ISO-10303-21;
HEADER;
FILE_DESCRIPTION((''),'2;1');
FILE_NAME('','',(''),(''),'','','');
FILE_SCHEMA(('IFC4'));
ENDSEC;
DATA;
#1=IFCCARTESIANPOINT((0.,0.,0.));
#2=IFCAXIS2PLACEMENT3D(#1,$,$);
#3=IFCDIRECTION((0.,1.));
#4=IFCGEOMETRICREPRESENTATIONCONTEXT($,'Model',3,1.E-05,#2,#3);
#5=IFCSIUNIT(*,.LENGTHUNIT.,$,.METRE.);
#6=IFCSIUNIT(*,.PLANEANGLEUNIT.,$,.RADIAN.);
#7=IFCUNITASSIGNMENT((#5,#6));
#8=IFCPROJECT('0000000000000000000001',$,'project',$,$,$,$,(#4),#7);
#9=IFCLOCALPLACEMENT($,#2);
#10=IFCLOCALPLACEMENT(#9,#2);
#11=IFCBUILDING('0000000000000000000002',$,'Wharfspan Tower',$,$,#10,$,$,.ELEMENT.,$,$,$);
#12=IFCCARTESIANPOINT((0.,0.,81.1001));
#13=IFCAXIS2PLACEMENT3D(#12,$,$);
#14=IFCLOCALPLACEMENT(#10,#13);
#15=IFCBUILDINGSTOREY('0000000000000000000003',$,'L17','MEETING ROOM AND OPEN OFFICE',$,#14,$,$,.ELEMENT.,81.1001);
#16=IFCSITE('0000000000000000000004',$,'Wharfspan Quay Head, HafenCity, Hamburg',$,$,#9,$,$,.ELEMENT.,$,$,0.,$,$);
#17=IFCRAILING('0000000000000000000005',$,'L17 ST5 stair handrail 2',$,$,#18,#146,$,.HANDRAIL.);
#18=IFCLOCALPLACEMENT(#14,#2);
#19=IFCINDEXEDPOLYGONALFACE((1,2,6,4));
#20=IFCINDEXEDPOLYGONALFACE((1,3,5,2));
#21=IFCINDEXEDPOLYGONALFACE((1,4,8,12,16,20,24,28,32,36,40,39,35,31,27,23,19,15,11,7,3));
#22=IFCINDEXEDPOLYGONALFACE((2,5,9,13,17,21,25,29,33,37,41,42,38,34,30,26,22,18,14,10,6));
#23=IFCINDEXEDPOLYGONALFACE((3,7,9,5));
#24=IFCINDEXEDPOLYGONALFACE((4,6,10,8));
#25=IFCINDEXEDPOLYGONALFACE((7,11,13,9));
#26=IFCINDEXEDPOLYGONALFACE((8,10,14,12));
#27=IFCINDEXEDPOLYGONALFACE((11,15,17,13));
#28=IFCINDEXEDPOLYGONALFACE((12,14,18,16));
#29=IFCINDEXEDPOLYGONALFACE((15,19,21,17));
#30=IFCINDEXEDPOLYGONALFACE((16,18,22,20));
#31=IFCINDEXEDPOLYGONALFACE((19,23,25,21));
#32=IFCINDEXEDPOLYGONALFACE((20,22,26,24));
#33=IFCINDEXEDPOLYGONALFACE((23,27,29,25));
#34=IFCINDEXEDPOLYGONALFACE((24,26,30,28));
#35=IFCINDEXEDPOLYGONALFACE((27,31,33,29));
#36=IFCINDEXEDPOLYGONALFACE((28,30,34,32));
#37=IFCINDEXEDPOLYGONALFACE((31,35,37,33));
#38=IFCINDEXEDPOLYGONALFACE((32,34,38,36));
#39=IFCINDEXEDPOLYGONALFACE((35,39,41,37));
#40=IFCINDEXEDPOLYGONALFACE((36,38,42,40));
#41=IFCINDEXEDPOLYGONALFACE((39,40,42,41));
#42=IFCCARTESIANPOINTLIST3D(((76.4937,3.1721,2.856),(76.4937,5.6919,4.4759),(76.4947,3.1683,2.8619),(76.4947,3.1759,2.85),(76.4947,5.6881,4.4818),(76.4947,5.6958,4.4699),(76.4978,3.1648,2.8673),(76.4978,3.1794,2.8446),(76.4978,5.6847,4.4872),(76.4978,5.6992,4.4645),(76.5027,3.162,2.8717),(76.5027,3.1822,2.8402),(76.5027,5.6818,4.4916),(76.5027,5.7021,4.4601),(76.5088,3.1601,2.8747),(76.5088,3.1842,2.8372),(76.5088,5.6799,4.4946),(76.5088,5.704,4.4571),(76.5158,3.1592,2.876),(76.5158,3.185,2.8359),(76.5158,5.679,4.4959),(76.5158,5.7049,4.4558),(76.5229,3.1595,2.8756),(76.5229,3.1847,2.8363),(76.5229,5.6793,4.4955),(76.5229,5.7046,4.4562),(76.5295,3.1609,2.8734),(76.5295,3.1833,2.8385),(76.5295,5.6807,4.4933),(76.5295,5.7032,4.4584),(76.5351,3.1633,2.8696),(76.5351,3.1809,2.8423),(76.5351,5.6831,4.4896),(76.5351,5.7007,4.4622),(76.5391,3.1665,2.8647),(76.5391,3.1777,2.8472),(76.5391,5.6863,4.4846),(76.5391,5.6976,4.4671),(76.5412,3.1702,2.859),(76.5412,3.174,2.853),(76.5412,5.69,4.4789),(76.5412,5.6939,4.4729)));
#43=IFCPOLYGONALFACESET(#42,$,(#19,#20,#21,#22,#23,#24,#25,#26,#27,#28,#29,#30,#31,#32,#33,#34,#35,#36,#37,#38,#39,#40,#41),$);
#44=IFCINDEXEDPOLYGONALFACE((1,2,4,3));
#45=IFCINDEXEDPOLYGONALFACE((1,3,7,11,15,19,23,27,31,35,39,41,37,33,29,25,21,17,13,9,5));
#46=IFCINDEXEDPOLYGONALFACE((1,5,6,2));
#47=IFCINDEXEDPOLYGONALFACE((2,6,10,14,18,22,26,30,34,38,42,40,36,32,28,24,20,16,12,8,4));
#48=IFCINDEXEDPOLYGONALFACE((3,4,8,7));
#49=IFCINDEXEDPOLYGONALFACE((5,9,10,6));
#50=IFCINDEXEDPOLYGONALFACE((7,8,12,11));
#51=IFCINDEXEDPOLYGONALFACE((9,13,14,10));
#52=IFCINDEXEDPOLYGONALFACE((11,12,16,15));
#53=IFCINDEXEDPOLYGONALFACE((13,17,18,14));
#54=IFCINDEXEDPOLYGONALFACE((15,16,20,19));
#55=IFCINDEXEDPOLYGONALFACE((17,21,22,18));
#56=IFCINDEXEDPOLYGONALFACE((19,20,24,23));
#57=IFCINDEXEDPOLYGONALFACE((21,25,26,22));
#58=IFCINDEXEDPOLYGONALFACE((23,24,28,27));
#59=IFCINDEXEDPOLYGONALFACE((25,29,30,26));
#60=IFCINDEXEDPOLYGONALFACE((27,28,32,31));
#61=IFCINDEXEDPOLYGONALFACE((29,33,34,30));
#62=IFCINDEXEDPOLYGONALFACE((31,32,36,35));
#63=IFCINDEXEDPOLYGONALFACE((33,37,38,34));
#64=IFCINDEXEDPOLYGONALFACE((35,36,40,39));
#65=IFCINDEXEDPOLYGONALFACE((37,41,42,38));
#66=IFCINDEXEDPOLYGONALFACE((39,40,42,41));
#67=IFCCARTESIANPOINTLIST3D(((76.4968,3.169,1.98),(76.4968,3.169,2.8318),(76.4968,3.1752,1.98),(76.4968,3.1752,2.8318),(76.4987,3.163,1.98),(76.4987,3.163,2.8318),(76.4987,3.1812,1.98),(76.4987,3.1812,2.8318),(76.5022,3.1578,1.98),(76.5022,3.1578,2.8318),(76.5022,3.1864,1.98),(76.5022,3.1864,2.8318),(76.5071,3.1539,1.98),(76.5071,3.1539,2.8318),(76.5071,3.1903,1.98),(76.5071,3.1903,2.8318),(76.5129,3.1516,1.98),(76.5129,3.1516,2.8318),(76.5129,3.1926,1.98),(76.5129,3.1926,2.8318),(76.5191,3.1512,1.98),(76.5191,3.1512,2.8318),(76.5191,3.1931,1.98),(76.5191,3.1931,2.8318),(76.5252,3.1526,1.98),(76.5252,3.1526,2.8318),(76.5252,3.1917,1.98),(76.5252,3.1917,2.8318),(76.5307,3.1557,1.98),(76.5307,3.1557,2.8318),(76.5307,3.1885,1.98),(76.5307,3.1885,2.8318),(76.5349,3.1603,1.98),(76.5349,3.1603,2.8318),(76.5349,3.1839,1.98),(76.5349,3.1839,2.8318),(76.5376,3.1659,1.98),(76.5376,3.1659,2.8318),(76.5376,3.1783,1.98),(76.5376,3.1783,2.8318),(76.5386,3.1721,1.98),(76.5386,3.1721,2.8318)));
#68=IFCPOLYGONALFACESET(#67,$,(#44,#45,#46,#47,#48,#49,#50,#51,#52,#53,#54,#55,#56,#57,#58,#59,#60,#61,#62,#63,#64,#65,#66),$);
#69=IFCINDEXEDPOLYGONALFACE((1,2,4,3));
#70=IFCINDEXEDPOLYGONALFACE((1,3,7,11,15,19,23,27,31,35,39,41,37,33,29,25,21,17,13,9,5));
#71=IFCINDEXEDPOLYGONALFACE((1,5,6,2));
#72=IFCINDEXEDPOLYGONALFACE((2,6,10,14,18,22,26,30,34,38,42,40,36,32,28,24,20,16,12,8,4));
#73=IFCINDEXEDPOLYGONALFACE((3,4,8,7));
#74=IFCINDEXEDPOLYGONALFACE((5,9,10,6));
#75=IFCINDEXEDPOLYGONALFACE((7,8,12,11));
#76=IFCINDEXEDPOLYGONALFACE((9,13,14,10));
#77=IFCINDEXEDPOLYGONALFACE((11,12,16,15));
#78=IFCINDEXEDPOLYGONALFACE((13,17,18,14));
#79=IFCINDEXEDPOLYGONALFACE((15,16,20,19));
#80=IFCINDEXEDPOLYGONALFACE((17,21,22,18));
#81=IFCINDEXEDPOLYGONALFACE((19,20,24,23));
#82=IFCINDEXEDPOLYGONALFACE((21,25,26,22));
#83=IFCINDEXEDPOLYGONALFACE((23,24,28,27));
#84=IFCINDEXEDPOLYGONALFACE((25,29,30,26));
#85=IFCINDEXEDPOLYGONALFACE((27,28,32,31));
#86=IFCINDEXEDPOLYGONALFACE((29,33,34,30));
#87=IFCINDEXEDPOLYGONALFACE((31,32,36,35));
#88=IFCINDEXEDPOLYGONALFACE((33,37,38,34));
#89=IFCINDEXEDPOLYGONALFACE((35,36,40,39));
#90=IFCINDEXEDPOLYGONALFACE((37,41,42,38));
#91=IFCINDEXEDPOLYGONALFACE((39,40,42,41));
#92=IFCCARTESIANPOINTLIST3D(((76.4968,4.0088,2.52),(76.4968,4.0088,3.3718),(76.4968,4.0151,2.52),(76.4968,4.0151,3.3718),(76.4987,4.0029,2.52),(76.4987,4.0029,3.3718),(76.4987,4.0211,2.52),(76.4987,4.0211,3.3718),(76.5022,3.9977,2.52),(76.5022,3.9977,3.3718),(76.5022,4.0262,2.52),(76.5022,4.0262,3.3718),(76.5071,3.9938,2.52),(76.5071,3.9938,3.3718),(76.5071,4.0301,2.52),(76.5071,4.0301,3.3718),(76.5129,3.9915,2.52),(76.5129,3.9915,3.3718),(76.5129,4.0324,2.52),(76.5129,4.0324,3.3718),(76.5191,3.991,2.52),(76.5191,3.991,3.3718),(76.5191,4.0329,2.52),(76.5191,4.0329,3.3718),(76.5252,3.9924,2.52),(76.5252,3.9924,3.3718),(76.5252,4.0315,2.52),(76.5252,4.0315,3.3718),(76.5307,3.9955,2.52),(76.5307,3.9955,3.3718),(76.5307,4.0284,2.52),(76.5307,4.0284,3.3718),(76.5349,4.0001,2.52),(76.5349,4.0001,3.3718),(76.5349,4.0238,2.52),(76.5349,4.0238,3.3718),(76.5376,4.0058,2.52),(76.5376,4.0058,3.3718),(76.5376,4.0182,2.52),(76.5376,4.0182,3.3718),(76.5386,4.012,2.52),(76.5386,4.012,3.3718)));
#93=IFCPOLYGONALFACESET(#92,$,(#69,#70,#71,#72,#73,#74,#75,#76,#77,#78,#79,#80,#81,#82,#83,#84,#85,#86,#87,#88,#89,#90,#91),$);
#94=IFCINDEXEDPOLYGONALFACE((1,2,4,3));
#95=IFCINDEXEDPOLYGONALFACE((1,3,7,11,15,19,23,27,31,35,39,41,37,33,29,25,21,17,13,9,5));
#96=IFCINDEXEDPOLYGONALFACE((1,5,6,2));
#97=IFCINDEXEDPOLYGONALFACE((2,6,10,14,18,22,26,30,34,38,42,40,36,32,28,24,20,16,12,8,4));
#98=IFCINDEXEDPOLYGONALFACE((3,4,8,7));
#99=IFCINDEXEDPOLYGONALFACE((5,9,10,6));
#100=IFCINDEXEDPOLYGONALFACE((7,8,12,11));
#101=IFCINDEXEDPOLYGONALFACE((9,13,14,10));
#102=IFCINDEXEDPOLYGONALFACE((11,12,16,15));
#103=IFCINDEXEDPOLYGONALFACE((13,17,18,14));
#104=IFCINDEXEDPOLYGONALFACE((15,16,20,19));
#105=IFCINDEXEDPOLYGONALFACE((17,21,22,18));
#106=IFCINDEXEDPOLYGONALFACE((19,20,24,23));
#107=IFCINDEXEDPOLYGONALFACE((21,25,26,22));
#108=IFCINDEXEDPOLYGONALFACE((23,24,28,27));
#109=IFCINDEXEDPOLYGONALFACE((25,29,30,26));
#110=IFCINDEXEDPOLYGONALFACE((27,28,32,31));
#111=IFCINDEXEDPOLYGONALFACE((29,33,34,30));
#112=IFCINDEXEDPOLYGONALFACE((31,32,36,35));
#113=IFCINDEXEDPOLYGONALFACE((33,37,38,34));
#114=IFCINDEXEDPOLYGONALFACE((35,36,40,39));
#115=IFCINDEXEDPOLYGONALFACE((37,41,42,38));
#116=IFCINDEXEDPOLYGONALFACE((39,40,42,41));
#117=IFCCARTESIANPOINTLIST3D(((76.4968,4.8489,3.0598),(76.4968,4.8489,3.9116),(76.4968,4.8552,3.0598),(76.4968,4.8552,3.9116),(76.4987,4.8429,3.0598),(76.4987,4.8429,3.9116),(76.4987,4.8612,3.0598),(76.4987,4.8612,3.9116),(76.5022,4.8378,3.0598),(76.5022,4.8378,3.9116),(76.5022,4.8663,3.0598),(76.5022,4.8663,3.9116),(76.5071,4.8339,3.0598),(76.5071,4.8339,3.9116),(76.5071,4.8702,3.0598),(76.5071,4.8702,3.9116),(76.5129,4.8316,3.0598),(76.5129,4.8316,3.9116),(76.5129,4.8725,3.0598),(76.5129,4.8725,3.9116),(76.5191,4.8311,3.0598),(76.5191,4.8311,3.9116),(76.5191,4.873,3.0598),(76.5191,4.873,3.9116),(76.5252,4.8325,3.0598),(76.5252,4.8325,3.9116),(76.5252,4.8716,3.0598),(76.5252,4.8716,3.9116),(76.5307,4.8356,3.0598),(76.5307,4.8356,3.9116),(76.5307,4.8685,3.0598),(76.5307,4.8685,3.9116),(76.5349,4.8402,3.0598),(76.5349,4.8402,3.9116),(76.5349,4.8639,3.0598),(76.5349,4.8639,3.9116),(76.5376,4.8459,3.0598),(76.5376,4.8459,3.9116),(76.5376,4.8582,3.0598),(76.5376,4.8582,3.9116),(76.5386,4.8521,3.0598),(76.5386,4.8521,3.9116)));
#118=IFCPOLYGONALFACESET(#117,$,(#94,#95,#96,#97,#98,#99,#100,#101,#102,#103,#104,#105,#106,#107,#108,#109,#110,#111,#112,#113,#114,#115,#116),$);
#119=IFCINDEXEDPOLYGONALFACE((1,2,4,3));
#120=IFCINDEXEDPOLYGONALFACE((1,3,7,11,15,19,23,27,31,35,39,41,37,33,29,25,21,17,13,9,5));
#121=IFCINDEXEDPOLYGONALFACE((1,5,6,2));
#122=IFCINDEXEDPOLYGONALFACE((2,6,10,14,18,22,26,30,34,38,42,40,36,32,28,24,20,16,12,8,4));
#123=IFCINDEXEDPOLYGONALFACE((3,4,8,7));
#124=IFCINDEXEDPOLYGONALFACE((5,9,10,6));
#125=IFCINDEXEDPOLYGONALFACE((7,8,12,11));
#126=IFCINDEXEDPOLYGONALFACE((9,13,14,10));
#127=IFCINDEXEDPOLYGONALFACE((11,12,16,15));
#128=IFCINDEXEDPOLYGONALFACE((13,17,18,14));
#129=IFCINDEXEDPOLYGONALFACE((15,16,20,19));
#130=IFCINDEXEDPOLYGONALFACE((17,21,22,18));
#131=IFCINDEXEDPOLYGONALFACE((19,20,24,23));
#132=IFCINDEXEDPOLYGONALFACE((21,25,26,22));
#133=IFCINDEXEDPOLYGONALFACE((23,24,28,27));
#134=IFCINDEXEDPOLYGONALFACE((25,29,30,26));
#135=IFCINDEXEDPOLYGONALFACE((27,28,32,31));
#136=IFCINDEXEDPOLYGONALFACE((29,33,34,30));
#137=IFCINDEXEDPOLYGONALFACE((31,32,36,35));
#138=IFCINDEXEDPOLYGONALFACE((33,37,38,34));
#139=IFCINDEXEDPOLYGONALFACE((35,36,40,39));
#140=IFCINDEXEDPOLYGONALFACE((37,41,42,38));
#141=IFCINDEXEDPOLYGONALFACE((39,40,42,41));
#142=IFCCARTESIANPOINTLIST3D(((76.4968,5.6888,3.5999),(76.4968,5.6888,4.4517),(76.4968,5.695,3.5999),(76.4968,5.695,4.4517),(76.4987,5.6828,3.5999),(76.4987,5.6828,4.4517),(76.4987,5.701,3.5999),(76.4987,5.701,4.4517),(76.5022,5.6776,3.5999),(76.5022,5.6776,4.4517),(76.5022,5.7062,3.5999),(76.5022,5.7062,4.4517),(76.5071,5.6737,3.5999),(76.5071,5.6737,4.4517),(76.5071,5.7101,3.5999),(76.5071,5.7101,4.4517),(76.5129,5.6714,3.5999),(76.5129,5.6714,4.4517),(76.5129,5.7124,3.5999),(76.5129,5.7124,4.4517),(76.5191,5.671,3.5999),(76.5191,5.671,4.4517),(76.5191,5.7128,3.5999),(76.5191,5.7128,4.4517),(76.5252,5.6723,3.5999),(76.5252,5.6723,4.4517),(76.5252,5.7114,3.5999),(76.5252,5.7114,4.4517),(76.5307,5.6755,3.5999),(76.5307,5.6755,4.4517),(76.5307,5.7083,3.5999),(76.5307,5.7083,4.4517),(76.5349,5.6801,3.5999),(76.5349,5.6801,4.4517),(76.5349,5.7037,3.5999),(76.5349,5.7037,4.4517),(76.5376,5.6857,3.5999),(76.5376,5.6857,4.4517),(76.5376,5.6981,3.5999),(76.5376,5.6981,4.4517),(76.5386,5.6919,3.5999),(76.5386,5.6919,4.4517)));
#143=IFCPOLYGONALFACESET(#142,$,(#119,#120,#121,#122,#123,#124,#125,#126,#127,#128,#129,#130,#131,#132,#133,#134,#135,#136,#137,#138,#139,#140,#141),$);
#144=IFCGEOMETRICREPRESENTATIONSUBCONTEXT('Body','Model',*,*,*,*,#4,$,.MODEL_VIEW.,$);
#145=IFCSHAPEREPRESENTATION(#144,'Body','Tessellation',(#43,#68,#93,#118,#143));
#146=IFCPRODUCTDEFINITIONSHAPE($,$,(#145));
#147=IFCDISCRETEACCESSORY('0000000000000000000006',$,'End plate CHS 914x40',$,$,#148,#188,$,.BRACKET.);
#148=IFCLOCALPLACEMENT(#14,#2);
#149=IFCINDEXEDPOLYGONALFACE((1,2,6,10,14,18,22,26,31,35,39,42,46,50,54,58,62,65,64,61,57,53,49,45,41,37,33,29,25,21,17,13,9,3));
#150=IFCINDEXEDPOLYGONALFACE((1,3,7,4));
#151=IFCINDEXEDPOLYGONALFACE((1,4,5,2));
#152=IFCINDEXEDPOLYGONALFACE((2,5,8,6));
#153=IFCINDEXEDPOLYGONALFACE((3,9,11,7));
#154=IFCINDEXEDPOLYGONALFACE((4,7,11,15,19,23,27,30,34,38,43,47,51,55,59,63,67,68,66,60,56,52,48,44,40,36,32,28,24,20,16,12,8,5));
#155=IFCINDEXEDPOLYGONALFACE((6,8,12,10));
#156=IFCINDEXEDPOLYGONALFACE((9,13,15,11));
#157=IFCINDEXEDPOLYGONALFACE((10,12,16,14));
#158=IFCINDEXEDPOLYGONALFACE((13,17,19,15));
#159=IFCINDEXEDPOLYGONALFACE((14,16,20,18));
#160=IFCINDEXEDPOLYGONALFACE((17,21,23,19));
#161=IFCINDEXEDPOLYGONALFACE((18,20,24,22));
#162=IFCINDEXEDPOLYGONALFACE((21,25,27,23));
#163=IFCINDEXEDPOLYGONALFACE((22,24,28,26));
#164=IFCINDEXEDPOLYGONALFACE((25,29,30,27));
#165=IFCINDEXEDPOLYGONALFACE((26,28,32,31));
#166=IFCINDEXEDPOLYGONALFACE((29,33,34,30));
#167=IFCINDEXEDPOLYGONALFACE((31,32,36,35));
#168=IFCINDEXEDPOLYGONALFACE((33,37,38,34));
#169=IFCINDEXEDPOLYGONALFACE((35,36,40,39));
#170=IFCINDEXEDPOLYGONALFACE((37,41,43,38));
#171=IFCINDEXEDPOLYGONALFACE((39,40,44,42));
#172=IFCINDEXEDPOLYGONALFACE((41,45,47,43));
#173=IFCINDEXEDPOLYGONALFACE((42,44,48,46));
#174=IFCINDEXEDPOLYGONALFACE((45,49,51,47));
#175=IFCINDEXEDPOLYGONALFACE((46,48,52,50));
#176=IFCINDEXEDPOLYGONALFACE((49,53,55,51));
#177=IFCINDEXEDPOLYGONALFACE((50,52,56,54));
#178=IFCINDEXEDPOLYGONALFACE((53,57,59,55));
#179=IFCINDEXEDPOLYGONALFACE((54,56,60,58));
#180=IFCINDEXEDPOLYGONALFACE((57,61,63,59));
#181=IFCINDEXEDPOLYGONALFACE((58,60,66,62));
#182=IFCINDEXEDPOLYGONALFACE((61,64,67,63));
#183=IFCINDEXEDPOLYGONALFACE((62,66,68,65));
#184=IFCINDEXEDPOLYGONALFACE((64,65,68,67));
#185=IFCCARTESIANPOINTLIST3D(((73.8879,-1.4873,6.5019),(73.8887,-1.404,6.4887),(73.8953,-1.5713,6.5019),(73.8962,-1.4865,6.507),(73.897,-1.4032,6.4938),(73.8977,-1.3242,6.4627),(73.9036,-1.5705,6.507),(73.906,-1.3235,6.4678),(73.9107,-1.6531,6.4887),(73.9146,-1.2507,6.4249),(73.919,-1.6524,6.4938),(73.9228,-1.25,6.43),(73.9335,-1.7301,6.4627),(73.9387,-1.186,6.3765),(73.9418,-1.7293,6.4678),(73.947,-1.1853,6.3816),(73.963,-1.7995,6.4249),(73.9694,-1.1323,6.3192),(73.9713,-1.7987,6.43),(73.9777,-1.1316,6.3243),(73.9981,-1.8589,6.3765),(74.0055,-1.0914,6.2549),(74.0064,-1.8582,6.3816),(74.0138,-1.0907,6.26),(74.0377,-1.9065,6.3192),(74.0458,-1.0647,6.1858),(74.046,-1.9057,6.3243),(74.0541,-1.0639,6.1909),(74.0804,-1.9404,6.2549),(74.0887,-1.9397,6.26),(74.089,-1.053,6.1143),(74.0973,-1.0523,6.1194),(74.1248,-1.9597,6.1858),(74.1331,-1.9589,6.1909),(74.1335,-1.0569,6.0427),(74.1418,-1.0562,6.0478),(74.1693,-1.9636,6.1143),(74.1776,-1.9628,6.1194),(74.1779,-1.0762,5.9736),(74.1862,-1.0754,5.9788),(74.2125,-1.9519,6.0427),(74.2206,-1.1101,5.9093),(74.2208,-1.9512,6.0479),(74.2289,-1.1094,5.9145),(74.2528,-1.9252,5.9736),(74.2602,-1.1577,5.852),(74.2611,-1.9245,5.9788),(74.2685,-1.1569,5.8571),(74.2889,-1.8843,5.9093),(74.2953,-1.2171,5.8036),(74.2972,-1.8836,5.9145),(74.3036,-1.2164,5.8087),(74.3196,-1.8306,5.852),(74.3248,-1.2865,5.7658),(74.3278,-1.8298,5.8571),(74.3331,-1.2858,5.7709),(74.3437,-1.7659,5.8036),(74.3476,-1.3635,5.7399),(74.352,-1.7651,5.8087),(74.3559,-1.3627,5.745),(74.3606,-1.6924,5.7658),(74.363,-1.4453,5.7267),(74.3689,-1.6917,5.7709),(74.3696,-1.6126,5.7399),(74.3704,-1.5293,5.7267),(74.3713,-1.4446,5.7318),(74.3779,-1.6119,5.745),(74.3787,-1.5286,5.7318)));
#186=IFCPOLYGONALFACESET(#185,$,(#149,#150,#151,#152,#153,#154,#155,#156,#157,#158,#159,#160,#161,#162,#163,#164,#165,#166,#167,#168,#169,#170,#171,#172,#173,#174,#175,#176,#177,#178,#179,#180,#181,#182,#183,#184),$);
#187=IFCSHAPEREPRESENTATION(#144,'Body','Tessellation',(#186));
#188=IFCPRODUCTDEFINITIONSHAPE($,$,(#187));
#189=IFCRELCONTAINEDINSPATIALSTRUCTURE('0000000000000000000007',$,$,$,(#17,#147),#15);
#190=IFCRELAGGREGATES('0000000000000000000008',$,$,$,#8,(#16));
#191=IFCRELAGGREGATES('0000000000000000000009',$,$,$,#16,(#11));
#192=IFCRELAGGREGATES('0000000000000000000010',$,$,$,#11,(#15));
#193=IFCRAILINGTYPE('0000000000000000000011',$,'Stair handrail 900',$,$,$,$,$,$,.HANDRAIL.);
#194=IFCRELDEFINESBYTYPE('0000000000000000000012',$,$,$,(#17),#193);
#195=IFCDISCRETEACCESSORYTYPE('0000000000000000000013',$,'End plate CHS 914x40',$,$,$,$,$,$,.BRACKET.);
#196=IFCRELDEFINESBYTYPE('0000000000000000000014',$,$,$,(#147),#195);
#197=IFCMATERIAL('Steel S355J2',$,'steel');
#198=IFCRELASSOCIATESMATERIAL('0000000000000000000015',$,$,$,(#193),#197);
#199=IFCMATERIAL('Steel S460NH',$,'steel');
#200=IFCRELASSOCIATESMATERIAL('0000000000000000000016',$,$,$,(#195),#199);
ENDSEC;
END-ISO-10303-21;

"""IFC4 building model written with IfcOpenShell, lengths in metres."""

from ifc_helpers import new_model, si_unit, direction, frame, origin, origin_2d, place, context, subcontext, project, spatial, circle, extrude, material, material_profile, profile_set, type_object, element, save


model = new_model("IFC4")

# Units and contexts
model_context = context("Model", 3, precision=1e-05, world=origin(), true_north=direction((0.0, 1.0)))
body_context = subcontext(model_context, "Body", "Model", "MODEL_VIEW")
ifc_project = project(units=[si_unit("LENGTHUNIT", "METRE"), si_unit("PLANEANGLEUNIT", "RADIAN")], contexts=[model_context])

# Site, building, storey
site_placement = place(None, origin())
site = spatial("IfcSite", under=ifc_project, at=site_placement, Name="Wharfspan Quay Head, HafenCity, Hamburg", CompositionType="ELEMENT", RefElevation=0.0)
building_placement = place(site_placement, origin())
building = spatial("IfcBuilding", under=site, at=building_placement, Name="Wharfspan Tower", CompositionType="ELEMENT")
storey_placement = place(building_placement, frame((0.0, 0.0, 81.1001)))
storey = spatial("IfcBuildingStorey", under=building, at=storey_placement, Name="L17", Description="MEETING ROOM AND OPEN OFFICE", CompositionType="ELEMENT", Elevation=81.1001)

# Shared definitions
ifc_material_1 = material(Name="Steel S355J2", Category="steel")

# Shared definitions
ifc_material_2 = material(Name="Steel S460NH", Category="steel")

# Railing
railing_type_1 = type_object("IfcRailingType", Name="Stair handrail 900", PredefinedType="HANDRAIL", material=ifc_material_1)
railing_1_placement = place(storey_placement, frame((76.5176, 3.1721, 1.98)))
element("IfcRailing", 1, at=railing_1_placement, inside=storey, type_object=railing_type_1, Name="L17 ST5 stair handrail 2", PredefinedType="HANDRAIL", context=body_context, shape_type="SweptSolid", body=[
    extrude(circle(Radius=0.0239, at=origin_2d()), frame((0.0, 0.0, 0.876), z_axis=(0.0, 0.841176, 0.540762), x_axis=(-1.0, 0.0, 0.0)), (0.0, 0.0, 1.0), 2.9956),
    extrude(circle(Radius=0.021, at=origin_2d()), origin(), (0.0, 0.0, 1.0), 0.8518),
    extrude(circle(Radius=0.021, at=origin_2d()), frame((0.0, 0.8398, 0.54)), (0.0, 0.0, 1.0), 0.8518),
    extrude(circle(Radius=0.021, at=origin_2d()), frame((0.0, 1.6799, 1.0798)), (0.0, 0.0, 1.0), 0.8518),
    extrude(circle(Radius=0.021, at=origin_2d()), frame((0.0, 2.5198, 1.6199)), (0.0, 0.0, 1.0), 0.8518),
])

# Discrete accessory
ifc_material_profile_1 = material_profile(ifc_material_2, circle(Radius=0.457, at=origin_2d()))
ifc_profile_set_1 = profile_set([ifc_material_profile_1], Name="Steel S460NH")
discrete_accessory_type = type_object("IfcDiscreteAccessoryType", Name="End plate CHS 914x40", PredefinedType="BRACKET", material=ifc_profile_set_1)
discrete_accessory_1_placement = place(storey_placement, frame((74.1291, -1.5083, 6.1143), z_axis=(0.848411, 0.07486, 0.524018), x_axis=(-0.087893, 0.996132, -0.000002)))
element("IfcDiscreteAccessory", 2, at=discrete_accessory_1_placement, inside=storey, type_object=discrete_accessory_type, Name="End plate CHS 914x40", PredefinedType="BRACKET", context=body_context, shape_type="SweptSolid", body=[
    extrude(circle(Radius=0.457, at=origin_2d()), origin(), (0.0, 0.0, 1.0), 0.0098),
])

save(model, "model.ifc")
